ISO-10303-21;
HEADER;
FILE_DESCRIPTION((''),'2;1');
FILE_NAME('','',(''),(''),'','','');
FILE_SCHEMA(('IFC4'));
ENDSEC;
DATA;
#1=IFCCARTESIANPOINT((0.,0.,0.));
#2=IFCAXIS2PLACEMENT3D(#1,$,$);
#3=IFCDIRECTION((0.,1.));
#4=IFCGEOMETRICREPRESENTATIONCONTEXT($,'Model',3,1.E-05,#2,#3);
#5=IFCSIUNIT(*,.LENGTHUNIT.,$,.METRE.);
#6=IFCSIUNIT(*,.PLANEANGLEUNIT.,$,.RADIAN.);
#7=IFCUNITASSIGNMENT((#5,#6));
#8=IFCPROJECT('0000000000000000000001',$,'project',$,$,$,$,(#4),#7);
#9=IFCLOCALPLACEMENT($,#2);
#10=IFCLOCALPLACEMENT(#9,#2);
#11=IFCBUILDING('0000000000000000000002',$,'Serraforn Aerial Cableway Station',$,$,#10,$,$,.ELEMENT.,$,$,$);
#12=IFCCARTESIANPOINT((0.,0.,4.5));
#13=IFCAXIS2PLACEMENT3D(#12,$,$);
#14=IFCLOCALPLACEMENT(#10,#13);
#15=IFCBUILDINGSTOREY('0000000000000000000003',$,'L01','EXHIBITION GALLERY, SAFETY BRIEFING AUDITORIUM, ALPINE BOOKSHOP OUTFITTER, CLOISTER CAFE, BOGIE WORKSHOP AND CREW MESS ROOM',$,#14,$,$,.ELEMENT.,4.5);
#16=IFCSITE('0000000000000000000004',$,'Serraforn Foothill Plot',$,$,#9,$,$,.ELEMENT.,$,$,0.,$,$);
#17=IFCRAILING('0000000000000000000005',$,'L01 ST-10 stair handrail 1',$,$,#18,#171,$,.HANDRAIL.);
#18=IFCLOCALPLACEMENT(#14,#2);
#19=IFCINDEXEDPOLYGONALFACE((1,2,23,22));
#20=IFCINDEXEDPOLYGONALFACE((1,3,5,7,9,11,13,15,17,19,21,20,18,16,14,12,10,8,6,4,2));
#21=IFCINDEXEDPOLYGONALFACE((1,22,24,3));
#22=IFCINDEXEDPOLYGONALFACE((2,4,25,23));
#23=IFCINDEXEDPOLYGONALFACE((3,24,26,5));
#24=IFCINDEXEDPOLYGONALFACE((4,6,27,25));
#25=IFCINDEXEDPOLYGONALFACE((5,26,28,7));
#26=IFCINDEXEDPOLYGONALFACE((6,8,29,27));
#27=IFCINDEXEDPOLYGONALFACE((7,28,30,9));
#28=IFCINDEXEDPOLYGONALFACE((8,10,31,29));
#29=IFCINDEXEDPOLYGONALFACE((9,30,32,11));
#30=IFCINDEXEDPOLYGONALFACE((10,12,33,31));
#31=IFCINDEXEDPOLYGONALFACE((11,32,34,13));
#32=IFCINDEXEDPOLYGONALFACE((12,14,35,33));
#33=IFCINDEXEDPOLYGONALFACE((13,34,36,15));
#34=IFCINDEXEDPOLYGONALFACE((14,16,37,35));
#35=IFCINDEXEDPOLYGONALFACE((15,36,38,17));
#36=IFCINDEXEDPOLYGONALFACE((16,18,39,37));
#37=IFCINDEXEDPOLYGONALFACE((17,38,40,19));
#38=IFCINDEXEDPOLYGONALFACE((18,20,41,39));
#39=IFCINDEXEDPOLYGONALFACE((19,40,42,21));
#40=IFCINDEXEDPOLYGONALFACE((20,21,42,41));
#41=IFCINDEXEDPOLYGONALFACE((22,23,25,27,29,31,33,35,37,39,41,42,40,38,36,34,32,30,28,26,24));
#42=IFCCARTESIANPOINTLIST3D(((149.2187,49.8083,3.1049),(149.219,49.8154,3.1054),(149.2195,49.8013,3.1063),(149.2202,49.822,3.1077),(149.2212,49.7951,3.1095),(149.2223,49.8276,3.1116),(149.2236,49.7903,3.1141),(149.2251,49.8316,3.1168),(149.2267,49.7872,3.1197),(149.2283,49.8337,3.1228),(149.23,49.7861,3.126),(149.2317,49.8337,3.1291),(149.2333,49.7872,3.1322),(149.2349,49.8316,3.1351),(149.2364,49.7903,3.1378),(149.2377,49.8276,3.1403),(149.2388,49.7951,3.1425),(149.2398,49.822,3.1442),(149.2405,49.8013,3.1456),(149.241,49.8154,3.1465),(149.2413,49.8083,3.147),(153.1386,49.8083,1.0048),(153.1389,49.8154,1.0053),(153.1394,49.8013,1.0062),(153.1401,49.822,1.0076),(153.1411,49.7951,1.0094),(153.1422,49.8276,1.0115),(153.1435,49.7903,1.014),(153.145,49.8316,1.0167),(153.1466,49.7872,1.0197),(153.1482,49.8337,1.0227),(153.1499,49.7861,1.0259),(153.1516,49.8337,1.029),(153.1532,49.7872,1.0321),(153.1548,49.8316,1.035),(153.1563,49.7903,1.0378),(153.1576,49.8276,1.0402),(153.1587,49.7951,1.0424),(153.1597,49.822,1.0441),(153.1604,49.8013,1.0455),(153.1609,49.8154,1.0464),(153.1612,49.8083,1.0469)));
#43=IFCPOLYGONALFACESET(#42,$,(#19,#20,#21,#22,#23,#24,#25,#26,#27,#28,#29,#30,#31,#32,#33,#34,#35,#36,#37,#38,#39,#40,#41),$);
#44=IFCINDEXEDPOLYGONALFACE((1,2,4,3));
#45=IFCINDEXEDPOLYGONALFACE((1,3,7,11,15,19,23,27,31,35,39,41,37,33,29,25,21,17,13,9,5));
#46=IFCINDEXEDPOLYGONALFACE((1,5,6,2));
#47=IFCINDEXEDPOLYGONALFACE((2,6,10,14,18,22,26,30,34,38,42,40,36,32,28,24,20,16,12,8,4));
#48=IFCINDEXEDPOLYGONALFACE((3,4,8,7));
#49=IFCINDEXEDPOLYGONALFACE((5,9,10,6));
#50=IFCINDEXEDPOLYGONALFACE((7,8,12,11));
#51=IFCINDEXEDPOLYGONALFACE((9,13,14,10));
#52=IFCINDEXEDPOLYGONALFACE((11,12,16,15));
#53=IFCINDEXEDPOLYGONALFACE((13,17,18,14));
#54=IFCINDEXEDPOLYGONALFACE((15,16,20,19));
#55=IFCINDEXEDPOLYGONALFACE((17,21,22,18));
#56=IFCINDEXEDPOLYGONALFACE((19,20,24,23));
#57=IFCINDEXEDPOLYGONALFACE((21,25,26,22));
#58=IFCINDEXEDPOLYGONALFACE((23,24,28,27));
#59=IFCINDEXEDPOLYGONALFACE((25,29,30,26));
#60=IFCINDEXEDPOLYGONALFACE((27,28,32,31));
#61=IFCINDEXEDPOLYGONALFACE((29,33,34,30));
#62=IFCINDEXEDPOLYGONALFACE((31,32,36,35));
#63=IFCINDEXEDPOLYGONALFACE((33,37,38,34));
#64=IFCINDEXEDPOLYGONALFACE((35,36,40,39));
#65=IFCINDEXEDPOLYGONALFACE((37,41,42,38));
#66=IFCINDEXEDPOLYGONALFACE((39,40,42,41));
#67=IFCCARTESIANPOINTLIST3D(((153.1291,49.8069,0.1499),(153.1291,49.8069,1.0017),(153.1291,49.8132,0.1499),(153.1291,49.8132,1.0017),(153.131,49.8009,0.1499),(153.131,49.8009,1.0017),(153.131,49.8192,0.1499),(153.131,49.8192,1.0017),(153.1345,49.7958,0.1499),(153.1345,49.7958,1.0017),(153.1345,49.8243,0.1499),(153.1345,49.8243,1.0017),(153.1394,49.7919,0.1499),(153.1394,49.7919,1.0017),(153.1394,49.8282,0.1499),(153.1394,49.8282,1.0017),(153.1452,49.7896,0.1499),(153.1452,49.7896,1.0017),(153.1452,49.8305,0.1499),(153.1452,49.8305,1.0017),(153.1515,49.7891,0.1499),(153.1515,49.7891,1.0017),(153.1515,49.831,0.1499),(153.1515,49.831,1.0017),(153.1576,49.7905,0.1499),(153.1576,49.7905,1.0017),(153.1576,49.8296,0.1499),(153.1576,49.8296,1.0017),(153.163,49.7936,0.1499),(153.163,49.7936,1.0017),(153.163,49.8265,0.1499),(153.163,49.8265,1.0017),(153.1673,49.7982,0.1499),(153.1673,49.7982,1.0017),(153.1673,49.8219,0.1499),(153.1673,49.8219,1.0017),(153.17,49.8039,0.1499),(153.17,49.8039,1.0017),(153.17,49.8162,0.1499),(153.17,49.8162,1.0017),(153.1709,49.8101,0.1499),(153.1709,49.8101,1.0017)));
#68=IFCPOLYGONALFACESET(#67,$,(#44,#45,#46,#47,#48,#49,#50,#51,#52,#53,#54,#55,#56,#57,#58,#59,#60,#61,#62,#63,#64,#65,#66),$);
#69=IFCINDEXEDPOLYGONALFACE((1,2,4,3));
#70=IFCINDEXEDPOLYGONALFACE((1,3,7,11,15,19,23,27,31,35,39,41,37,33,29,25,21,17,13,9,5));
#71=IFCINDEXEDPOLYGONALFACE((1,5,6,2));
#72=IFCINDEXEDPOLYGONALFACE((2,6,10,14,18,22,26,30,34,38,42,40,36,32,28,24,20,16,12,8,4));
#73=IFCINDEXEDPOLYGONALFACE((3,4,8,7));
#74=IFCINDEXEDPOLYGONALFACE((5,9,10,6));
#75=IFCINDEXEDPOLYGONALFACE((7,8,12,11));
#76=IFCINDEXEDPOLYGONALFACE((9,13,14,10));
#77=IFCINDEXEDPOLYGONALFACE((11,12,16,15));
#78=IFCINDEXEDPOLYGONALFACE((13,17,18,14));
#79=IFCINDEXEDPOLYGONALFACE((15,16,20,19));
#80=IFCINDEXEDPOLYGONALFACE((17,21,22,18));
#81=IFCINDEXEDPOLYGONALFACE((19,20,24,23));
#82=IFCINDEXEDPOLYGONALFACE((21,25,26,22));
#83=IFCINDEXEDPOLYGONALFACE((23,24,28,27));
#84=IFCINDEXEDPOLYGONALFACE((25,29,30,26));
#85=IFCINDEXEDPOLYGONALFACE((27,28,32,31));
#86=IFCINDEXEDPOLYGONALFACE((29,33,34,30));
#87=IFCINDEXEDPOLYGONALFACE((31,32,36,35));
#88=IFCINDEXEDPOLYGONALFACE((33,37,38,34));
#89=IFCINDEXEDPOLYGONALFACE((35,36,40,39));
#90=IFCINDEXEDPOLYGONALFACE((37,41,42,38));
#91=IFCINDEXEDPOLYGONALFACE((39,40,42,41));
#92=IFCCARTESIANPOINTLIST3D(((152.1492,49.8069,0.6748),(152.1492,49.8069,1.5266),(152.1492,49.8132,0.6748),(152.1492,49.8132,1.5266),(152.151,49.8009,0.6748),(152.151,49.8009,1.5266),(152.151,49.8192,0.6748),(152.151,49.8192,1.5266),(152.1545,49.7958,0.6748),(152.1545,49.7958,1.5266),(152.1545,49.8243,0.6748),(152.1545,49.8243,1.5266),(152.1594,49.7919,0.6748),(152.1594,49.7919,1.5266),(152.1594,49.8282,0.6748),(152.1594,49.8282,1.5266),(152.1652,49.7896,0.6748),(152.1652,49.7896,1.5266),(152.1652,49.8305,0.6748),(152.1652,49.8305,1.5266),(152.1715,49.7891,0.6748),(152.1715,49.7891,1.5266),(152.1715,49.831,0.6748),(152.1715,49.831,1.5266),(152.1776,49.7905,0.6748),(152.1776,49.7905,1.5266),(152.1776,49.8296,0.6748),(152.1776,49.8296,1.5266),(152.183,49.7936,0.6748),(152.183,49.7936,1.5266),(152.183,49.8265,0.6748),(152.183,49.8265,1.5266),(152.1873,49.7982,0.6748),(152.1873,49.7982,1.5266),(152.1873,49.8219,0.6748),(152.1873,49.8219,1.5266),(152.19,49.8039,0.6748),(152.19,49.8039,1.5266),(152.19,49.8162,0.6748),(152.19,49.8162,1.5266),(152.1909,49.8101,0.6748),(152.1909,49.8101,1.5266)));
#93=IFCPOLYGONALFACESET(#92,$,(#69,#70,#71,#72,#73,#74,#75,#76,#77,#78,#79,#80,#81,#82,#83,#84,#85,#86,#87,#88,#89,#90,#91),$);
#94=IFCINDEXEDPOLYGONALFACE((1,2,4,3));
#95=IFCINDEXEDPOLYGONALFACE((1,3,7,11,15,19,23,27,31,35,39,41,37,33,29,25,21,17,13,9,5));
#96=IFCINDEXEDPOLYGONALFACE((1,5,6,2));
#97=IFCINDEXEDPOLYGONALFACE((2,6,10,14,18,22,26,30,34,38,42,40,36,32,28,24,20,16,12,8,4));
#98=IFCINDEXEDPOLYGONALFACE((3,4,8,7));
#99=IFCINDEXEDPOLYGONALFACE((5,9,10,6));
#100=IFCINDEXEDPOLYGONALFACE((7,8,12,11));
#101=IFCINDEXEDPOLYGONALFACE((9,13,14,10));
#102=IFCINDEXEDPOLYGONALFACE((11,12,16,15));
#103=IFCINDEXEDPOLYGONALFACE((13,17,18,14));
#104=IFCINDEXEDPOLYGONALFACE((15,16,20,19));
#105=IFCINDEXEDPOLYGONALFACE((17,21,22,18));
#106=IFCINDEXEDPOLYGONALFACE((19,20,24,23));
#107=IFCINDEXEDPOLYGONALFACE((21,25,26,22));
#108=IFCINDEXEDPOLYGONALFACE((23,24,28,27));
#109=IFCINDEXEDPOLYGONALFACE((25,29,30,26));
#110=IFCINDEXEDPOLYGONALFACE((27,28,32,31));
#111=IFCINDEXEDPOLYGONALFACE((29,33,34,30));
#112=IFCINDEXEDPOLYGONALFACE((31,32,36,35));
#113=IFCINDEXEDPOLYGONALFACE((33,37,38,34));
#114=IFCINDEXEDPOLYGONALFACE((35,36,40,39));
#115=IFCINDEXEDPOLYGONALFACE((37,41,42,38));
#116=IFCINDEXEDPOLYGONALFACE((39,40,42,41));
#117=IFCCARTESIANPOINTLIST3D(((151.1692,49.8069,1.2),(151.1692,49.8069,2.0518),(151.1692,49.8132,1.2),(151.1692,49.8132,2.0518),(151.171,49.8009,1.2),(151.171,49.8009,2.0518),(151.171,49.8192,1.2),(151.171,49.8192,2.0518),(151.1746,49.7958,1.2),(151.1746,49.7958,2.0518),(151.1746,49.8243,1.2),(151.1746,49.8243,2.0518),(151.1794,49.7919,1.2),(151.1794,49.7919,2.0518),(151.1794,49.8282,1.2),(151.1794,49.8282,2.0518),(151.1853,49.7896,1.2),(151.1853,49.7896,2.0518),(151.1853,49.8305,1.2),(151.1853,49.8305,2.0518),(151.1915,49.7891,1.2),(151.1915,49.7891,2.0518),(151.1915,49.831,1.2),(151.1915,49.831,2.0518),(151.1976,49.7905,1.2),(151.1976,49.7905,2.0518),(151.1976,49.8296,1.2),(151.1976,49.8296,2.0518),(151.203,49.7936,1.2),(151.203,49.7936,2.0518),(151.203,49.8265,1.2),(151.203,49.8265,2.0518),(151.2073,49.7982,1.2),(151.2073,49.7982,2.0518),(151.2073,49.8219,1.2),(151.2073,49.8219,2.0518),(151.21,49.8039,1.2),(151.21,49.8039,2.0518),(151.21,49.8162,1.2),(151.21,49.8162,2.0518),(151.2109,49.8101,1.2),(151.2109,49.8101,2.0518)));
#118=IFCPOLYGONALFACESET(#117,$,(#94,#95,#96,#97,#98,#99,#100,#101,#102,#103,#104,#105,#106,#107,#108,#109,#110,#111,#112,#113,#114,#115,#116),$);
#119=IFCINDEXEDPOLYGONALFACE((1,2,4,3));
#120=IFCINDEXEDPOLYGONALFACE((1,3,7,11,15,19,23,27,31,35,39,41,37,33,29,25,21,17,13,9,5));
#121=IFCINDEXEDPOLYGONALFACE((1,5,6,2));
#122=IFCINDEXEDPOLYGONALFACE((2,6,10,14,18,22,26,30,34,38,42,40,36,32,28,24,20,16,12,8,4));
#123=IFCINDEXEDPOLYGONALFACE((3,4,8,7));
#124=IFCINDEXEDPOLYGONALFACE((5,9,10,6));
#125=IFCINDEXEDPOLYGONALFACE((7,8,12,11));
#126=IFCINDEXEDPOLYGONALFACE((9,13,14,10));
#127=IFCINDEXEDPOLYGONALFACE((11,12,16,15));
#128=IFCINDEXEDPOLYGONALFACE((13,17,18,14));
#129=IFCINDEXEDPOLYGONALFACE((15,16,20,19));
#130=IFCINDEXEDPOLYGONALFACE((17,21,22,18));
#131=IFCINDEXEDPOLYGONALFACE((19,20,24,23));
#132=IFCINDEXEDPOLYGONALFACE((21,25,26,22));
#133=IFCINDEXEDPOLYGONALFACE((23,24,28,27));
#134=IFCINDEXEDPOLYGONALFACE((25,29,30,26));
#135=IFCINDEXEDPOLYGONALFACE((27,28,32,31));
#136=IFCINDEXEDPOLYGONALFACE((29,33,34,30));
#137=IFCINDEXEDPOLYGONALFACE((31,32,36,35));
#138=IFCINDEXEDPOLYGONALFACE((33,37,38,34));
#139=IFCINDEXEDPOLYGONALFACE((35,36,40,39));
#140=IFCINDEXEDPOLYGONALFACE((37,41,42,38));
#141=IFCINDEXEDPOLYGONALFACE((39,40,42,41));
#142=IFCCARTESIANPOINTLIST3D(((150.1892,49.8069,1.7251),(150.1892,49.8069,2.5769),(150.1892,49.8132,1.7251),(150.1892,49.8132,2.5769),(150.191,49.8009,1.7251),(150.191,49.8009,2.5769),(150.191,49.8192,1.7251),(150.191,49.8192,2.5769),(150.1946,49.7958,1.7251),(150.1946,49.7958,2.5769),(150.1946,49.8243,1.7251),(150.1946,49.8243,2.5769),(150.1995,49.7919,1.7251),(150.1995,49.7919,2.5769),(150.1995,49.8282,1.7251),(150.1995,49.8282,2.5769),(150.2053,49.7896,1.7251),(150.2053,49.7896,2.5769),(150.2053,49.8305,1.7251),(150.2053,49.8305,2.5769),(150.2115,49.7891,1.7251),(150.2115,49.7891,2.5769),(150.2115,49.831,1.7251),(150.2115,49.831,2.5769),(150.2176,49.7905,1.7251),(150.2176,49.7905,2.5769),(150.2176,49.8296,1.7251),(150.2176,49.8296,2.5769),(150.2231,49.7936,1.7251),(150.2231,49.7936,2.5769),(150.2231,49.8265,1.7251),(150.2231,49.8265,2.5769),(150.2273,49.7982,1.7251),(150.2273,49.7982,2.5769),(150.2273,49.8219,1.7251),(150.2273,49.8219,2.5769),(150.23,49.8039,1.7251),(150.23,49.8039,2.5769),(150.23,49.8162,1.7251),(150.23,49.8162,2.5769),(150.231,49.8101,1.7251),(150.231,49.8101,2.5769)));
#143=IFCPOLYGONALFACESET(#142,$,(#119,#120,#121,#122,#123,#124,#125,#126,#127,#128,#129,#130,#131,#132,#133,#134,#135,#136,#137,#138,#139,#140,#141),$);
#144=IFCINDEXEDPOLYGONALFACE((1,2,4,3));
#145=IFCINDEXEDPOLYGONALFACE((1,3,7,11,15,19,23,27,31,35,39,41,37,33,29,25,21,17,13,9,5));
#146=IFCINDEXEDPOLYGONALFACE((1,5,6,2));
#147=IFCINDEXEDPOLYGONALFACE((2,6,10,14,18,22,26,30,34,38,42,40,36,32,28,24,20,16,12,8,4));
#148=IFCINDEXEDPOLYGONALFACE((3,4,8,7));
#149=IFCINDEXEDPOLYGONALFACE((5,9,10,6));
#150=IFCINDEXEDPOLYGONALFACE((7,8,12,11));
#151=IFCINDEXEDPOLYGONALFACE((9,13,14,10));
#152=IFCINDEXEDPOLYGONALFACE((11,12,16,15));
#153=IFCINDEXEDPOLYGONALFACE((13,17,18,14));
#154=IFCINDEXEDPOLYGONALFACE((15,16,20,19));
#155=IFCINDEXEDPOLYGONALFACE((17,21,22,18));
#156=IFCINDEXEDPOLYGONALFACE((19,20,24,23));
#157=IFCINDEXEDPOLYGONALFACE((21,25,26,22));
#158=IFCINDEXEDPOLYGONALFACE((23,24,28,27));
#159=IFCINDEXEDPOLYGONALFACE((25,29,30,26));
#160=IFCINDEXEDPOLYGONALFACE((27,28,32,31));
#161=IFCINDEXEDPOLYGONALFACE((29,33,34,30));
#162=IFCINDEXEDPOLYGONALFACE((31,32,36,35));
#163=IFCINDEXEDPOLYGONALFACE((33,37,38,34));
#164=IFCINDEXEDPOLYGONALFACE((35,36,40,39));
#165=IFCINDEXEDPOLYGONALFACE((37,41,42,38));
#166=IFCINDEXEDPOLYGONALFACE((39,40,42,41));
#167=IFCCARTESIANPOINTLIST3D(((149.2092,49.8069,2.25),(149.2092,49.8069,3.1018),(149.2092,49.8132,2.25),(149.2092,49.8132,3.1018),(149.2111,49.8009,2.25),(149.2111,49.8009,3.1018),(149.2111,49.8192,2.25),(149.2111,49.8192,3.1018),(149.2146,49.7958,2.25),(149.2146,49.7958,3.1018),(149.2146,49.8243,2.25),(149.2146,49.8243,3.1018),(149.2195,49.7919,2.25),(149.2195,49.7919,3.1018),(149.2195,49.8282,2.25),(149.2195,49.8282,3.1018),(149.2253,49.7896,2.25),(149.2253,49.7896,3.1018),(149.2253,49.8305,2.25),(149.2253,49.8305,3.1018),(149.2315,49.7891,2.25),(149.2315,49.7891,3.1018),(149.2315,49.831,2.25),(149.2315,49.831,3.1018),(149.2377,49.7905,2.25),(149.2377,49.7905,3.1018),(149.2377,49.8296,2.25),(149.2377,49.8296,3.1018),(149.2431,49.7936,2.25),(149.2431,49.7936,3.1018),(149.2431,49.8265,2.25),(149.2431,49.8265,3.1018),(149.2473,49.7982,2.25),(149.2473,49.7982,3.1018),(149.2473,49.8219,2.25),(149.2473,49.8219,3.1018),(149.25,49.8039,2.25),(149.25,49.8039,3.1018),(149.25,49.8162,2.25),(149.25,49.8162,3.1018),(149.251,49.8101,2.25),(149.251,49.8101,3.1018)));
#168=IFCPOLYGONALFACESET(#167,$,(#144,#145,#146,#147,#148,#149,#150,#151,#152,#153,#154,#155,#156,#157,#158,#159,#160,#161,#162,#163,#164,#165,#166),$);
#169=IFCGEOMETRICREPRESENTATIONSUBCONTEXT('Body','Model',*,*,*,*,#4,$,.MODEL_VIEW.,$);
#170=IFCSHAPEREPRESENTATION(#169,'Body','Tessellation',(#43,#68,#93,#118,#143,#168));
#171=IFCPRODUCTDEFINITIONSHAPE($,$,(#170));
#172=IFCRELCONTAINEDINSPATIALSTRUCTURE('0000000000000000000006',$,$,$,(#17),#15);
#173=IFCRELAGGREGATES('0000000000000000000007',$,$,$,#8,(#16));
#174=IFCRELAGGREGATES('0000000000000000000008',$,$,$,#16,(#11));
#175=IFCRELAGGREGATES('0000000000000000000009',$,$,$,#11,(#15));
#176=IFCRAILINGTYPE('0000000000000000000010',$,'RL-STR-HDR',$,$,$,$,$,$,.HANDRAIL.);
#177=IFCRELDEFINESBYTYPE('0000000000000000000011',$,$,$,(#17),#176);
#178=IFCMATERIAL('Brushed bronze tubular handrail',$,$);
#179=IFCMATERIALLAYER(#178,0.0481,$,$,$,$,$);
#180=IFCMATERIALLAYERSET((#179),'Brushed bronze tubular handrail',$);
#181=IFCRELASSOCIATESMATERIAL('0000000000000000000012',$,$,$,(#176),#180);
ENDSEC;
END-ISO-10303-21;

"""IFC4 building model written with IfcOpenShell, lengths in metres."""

from ifc_helpers import new_model, si_unit, direction, frame, origin, origin_2d, place, context, subcontext, project, spatial, circle, extrude, material, layer, layer_set, type_object, element, save


model = new_model("IFC4")

# Units and contexts
model_context = context("Model", 3, precision=1e-05, world=origin(), true_north=direction((0.0, 1.0)))
body_context = subcontext(model_context, "Body", "Model", "MODEL_VIEW")
ifc_project = project(units=[si_unit("LENGTHUNIT", "METRE"), si_unit("PLANEANGLEUNIT", "RADIAN")], contexts=[model_context])

# Site, building, storey
site_placement = place(None, origin())
site = spatial("IfcSite", under=ifc_project, at=site_placement, Name="Serraforn Foothill Plot", CompositionType="ELEMENT", RefElevation=0.0)
building_placement = place(site_placement, origin())
building = spatial("IfcBuilding", under=site, at=building_placement, Name="Serraforn Aerial Cableway Station", CompositionType="ELEMENT")
storey_placement = place(building_placement, frame((0.0, 0.0, 4.5)))
storey = spatial("IfcBuildingStorey", under=building, at=storey_placement, Name="L01", Description="EXHIBITION GALLERY, SAFETY BRIEFING AUDITORIUM, ALPINE BOOKSHOP OUTFITTER, CLOISTER CAFE, BOGIE WORKSHOP AND CREW MESS ROOM", CompositionType="ELEMENT", Elevation=4.5)

# Railing
ifc_material_1 = material(Name="Brushed bronze tubular handrail")
ifc_layer_1 = layer(ifc_material_1, 0.0481)
ifc_layer_set_1 = layer_set([ifc_layer_1], Name="Brushed bronze tubular handrail")
railing_type_1 = type_object("IfcRailingType", Name="RL-STR-HDR", PredefinedType="HANDRAIL", material=ifc_layer_set_1)
railing_1_placement = place(storey_placement, frame((153.1499, 49.8101, 0.1499)))
element("IfcRailing", 1, at=railing_1_placement, inside=storey, type_object=railing_type_1, Name="L01 ST-10 stair handrail 1", PredefinedType="HANDRAIL", context=body_context, shape_type="SweptSolid", body=[
    extrude(circle(Radius=0.0239, at=origin_2d()), frame((0.0, 0.0, 0.876), z_axis=(-0.881467, 0.0, 0.472246), x_axis=(0.0, -1.0, 0.0)), (0.0, 0.0, 1.0), 4.447),
    extrude(circle(Radius=0.021, at=origin_2d()), origin(), (0.0, 0.0, 1.0), 0.8518),
    extrude(circle(Radius=0.021, at=origin_2d()), frame((-0.98, 0.0, 0.5249)), (0.0, 0.0, 1.0), 0.8518),
    extrude(circle(Radius=0.021, at=origin_2d()), frame((-1.96, 0.0, 1.05)), (0.0, 0.0, 1.0), 0.8518),
    extrude(circle(Radius=0.021, at=origin_2d()), frame((-2.9399, 0.0, 1.5752)), (0.0, 0.0, 1.0), 0.8518),
    extrude(circle(Radius=0.021, at=origin_2d()), frame((-3.9199, 0.0, 2.1001)), (0.0, 0.0, 1.0), 0.8518),
])

save(model, "model.ifc")
